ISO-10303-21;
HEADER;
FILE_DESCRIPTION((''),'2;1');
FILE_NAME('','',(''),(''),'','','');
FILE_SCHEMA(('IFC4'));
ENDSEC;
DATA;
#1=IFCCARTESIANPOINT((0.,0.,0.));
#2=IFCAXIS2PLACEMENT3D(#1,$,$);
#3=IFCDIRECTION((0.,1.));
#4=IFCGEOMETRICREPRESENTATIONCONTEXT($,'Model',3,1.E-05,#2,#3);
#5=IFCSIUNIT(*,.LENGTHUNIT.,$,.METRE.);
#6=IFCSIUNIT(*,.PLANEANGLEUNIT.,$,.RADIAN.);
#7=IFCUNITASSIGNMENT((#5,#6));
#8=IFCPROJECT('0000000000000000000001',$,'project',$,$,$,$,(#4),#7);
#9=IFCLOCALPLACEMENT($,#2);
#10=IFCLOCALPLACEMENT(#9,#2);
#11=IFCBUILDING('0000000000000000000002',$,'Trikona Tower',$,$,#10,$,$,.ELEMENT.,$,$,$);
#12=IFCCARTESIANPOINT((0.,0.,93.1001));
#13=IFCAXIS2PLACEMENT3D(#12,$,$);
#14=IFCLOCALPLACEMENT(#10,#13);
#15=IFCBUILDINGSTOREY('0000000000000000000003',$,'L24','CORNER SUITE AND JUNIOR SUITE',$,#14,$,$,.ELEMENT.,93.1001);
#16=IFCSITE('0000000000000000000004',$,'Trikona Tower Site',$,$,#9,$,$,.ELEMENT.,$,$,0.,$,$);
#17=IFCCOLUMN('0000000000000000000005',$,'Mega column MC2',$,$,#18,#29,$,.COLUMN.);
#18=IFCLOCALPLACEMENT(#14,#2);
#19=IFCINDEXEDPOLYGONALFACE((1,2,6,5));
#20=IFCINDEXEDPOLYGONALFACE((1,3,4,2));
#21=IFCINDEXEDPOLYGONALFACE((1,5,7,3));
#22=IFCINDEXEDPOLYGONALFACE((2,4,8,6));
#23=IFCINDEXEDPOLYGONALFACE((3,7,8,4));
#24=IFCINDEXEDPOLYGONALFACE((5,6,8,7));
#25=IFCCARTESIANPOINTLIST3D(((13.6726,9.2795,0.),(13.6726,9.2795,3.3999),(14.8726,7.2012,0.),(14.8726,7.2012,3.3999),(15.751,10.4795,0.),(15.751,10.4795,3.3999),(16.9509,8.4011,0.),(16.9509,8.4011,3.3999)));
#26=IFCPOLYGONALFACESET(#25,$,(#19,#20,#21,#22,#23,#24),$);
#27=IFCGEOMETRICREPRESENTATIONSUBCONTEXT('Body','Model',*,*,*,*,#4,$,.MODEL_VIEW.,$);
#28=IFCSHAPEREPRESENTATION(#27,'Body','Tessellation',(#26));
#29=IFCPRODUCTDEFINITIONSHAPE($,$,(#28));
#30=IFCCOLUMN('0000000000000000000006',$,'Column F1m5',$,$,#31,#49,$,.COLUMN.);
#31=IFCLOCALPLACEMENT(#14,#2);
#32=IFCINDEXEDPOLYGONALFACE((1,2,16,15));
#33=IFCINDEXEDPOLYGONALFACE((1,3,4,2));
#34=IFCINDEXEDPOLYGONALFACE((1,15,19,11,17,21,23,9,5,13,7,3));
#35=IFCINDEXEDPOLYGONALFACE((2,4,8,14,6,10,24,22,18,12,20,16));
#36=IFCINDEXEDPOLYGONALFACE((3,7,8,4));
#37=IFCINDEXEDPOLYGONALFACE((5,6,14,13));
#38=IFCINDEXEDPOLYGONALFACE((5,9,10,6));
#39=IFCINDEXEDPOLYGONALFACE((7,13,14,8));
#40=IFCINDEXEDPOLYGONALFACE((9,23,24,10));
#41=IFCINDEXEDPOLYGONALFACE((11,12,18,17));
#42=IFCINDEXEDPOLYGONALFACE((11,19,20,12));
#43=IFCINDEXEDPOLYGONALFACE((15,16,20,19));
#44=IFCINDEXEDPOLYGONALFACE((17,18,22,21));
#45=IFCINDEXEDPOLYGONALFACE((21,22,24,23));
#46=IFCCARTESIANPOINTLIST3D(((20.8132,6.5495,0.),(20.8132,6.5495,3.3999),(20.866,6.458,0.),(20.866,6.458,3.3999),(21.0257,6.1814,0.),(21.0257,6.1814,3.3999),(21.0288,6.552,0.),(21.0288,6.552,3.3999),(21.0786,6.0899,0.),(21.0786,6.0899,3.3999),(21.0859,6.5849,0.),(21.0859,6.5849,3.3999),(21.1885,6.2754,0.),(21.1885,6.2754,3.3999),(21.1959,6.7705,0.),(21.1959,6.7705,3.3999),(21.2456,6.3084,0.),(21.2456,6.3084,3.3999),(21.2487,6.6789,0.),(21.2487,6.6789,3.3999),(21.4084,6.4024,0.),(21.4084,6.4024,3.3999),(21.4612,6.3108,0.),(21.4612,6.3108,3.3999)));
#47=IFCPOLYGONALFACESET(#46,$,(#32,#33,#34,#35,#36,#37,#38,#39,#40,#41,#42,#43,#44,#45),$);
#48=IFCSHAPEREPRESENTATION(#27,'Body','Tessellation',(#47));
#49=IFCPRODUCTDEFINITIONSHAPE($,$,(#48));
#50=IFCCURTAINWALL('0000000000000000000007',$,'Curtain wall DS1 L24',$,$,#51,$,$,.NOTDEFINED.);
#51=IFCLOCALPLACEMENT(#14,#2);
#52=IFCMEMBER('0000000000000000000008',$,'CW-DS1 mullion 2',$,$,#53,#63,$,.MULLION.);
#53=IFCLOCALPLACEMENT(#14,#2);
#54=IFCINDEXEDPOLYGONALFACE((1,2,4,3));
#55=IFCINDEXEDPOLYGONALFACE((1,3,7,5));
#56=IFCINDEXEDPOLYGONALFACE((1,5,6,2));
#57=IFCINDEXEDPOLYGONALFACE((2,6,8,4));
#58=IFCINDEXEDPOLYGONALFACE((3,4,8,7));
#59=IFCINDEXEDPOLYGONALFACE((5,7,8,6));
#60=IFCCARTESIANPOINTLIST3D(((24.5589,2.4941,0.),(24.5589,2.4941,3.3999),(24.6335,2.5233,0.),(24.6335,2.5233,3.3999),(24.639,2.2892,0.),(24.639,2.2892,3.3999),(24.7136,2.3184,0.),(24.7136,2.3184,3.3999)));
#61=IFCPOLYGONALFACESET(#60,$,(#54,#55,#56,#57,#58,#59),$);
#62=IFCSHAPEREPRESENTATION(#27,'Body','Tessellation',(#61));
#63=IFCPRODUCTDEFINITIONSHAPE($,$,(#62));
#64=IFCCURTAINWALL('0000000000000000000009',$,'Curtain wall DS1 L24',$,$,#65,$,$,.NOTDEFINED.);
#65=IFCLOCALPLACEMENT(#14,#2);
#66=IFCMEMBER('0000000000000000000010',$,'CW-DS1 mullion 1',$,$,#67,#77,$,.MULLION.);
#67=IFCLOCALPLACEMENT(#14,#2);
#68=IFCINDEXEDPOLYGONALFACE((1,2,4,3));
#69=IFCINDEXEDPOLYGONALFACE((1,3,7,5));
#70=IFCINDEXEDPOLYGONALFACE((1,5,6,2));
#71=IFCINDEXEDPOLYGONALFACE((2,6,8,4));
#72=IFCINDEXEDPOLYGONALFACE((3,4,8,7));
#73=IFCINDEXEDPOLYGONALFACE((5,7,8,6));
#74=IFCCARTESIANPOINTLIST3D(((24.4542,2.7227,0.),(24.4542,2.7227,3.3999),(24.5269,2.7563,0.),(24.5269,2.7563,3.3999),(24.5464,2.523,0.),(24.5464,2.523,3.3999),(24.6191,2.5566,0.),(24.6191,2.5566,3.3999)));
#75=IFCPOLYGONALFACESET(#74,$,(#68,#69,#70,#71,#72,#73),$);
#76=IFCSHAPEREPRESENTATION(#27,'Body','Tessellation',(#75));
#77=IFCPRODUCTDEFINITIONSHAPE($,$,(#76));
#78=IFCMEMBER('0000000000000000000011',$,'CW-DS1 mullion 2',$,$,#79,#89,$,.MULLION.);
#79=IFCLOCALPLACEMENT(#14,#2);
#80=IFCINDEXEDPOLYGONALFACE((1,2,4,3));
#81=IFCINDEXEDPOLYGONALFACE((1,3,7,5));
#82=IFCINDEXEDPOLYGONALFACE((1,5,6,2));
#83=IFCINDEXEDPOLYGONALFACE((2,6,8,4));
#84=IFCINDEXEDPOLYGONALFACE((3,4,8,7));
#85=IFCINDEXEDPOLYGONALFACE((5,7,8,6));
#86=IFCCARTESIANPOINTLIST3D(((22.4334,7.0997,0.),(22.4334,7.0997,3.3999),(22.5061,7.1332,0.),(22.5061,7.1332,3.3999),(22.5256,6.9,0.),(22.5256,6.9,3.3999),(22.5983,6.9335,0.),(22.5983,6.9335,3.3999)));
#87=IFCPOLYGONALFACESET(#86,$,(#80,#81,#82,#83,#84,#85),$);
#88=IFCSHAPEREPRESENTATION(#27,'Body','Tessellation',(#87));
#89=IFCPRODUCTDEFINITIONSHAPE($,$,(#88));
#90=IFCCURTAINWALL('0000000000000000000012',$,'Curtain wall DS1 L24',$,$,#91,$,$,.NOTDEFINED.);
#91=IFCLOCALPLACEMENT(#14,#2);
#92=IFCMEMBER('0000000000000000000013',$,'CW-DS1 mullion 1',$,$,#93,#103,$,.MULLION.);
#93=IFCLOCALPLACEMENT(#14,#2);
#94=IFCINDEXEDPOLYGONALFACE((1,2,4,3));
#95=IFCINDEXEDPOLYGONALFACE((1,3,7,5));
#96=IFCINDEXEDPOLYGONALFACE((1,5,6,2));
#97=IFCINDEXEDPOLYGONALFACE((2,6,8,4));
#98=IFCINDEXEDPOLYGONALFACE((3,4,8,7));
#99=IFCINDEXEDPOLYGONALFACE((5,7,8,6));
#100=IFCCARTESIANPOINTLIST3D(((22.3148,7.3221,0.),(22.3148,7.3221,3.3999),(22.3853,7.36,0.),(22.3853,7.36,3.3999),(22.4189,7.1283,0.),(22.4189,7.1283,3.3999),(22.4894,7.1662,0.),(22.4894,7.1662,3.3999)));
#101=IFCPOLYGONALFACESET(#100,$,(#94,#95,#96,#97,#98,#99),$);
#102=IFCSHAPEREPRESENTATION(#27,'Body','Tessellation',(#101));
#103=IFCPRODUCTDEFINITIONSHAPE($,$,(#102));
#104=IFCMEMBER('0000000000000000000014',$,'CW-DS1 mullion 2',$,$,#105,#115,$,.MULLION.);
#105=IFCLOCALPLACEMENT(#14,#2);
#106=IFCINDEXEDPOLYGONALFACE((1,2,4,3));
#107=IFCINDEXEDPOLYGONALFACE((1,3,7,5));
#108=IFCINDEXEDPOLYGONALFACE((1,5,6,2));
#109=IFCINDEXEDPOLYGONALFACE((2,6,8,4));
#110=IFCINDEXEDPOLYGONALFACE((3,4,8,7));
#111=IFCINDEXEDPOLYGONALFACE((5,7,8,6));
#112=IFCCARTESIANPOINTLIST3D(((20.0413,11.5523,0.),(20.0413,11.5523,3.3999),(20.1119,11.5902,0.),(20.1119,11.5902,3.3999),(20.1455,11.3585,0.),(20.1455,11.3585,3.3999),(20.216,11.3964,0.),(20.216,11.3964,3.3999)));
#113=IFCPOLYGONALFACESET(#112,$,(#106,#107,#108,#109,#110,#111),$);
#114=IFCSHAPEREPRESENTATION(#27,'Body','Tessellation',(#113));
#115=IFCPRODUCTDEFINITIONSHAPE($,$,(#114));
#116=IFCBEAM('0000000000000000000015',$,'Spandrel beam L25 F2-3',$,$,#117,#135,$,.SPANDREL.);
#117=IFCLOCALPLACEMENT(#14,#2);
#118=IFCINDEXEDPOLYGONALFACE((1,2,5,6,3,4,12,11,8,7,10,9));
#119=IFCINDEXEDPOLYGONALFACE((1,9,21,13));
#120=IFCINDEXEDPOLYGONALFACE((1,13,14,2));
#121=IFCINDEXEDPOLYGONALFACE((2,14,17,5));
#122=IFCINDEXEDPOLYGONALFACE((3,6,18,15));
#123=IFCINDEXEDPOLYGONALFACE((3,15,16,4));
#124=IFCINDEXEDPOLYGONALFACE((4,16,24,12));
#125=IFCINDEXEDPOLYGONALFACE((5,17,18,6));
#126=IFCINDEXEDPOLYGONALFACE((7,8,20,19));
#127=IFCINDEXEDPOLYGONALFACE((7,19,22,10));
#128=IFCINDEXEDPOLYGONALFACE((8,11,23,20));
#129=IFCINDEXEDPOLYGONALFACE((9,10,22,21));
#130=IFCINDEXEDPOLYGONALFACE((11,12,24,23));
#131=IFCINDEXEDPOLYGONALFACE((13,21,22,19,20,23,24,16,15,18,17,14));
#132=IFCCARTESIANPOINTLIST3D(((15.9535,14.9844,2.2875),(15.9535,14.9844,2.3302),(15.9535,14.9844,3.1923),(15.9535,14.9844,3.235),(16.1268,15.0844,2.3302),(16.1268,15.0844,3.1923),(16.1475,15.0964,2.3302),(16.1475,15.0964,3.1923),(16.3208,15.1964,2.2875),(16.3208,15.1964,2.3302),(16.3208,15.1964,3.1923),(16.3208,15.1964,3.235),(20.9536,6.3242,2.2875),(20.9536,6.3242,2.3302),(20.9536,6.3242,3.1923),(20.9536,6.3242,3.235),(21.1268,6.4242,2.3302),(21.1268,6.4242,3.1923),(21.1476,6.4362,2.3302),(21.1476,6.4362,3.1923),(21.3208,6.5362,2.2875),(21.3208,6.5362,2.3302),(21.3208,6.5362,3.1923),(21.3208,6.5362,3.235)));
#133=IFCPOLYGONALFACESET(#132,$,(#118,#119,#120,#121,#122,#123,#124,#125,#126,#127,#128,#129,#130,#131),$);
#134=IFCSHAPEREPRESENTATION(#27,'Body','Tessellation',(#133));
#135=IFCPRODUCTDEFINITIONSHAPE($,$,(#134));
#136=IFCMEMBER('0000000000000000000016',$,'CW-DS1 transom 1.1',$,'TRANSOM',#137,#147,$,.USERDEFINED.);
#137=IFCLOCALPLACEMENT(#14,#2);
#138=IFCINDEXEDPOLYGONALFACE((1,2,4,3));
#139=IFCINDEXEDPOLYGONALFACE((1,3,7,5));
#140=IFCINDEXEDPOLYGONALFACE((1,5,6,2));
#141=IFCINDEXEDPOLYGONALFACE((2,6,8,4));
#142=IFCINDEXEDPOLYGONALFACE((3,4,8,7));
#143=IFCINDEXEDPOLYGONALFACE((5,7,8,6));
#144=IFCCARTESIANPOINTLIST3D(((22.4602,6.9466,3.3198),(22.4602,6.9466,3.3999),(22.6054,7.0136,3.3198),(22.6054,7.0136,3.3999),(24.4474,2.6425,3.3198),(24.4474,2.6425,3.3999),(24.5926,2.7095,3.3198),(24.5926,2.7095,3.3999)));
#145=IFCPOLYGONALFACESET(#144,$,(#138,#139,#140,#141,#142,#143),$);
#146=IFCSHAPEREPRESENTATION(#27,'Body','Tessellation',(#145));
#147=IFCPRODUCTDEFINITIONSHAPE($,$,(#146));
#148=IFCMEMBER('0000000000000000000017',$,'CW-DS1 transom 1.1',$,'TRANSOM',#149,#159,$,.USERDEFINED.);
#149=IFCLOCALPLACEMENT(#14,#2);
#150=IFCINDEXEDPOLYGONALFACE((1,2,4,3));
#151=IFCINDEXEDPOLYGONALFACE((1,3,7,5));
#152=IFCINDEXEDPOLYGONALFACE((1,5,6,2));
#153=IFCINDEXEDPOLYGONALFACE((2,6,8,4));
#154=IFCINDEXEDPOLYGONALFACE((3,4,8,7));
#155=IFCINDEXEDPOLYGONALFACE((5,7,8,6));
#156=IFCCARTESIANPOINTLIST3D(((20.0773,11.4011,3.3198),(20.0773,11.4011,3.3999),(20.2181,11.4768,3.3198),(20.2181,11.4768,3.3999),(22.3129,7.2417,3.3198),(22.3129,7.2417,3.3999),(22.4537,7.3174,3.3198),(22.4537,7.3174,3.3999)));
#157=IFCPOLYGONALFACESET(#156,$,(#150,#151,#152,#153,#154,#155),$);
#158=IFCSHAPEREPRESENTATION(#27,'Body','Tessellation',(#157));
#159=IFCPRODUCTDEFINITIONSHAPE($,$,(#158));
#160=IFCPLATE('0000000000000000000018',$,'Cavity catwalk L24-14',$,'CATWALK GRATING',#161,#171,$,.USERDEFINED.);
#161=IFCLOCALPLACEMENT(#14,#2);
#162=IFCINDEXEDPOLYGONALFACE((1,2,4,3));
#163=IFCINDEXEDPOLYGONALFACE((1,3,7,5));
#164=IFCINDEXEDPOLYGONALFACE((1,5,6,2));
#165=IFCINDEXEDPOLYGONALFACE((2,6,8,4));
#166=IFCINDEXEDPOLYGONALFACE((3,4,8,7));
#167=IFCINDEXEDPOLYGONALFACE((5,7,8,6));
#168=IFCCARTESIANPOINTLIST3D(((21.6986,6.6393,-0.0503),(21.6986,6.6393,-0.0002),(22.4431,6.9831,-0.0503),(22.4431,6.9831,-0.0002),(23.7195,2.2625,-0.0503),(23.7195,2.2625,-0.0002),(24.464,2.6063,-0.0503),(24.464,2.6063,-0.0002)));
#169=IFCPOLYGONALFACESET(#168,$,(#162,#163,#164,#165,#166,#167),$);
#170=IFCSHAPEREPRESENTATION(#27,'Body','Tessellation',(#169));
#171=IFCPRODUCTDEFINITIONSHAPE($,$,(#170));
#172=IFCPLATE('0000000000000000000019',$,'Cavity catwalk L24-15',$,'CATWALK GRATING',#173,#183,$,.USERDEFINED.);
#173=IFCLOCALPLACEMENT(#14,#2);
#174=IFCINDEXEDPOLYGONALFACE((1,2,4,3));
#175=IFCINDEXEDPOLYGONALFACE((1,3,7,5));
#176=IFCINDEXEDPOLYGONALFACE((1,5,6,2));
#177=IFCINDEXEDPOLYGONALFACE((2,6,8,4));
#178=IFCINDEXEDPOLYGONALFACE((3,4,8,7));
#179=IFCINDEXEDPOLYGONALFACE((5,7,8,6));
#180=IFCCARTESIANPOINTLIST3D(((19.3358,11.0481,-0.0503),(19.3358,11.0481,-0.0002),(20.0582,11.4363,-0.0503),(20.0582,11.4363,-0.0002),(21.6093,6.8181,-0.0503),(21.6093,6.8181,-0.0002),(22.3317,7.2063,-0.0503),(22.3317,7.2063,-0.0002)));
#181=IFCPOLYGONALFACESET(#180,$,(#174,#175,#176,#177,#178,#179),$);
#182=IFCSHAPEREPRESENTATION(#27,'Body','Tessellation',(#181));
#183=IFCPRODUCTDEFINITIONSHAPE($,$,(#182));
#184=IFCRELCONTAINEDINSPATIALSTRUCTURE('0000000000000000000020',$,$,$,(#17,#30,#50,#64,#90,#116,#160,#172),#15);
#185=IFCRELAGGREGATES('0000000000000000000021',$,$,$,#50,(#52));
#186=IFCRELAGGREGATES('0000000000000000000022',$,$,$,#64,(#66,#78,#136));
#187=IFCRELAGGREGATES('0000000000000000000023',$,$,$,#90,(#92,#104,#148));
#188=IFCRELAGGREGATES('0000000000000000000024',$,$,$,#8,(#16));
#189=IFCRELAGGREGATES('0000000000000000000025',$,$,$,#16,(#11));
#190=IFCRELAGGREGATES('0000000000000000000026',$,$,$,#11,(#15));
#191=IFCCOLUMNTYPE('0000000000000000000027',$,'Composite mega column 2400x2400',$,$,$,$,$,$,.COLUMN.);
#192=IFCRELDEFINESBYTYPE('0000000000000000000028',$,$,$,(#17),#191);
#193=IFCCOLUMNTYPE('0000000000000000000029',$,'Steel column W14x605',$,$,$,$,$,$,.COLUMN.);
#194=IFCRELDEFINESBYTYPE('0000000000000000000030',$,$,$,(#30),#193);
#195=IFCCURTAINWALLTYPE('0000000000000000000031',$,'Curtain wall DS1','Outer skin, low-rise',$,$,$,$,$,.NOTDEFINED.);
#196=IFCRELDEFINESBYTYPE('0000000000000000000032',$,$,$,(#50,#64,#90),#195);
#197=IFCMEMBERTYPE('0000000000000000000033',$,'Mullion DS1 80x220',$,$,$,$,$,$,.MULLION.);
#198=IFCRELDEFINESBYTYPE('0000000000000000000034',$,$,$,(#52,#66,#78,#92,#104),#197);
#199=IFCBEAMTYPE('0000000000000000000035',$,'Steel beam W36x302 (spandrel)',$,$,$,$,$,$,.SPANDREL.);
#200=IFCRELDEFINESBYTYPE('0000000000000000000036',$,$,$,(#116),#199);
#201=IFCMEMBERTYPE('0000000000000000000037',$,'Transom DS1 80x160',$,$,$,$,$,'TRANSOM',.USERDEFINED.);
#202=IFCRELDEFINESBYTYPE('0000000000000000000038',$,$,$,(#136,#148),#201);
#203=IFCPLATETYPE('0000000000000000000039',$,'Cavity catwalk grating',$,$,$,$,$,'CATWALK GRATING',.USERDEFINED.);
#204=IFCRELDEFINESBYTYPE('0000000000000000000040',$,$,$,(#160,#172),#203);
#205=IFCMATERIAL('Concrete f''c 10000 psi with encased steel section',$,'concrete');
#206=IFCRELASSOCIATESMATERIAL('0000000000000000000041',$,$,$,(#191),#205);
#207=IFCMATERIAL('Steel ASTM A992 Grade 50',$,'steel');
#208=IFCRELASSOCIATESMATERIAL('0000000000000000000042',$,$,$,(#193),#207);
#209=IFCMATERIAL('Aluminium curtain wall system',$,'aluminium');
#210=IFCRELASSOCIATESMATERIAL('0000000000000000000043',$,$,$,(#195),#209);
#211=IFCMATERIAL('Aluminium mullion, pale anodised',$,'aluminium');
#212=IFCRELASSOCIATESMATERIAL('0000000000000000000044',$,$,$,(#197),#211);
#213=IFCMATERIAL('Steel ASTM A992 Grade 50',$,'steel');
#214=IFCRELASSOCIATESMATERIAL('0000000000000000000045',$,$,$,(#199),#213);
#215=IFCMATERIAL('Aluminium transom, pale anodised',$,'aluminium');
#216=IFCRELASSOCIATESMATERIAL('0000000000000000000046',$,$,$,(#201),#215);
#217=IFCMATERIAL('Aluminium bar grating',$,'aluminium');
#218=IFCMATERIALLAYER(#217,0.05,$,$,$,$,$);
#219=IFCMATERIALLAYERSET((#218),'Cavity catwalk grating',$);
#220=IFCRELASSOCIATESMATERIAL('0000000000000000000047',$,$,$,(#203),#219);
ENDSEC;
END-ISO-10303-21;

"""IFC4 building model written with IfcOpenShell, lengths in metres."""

from ifc_helpers import new_model, si_unit, direction, frame, origin, origin_2d, place, context, subcontext, project, spatial, rectangle, i_section, extrude, material, layer, layer_set, material_profile, profile_set, type_object, element, aggregate, save


model = new_model("IFC4")

# Units and contexts
model_context = context("Model", 3, precision=1e-05, world=origin(), true_north=direction((0.0, 1.0)))
body_context = subcontext(model_context, "Body", "Model", "MODEL_VIEW")
ifc_project = project(units=[si_unit("LENGTHUNIT", "METRE"), si_unit("PLANEANGLEUNIT", "RADIAN")], contexts=[model_context])

# Site, building, storey
site_placement = place(None, origin())
site = spatial("IfcSite", under=ifc_project, at=site_placement, Name="Trikona Tower Site", CompositionType="ELEMENT", RefElevation=0.0)
building_placement = place(site_placement, origin())
building = spatial("IfcBuilding", under=site, at=building_placement, Name="Trikona Tower", CompositionType="ELEMENT")
storey_placement = place(building_placement, frame((0.0, 0.0, 93.1001)))
storey = spatial("IfcBuildingStorey", under=building, at=storey_placement, Name="L24", Description="CORNER SUITE AND JUNIOR SUITE", CompositionType="ELEMENT", Elevation=93.1001)

# Columns
ifc_material_1 = material(Name="Concrete f'c 10000 psi with encased steel section", Category="concrete")
ifc_material_profile_1 = material_profile(ifc_material_1, rectangle(XDim=2.3999, YDim=2.3999, at=origin_2d()), Name="MC2400")
ifc_profile_set_1 = profile_set([ifc_material_profile_1], Name="Concrete f'c 10000 psi with encased steel section")
column_type_1 = type_object("IfcColumnType", Name="Composite mega column 2400x2400", PredefinedType="COLUMN", material=ifc_profile_set_1)
column_1_placement = place(storey_placement, frame((15.3118, 8.8403, 0.0), z_axis=(0.0, 0.0, 1.0), x_axis=(0.866025, 0.5, 0.0)))
element("IfcColumn", 1, at=column_1_placement, inside=storey, type_object=column_type_1, Name="Mega column MC2", PredefinedType="COLUMN", context=body_context, shape_type="SweptSolid", body=[
    extrude(rectangle(XDim=2.3999, YDim=2.3999, at=origin_2d()), origin(), (0.0, 0.0, 1.0), 3.3999),
])
ifc_material_2 = material(Name="Steel ASTM A992 Grade 50", Category="steel")
ifc_material_profile_2 = material_profile(ifc_material_2, i_section(OverallWidth=0.4419, OverallDepth=0.5308, WebThickness=0.0659, FlangeThickness=0.1057, at=origin_2d()), Name="W14X605")
ifc_profile_set_2 = profile_set([ifc_material_profile_2], Name="Steel ASTM A992 Grade 50")
column_type_2 = type_object("IfcColumnType", Name="Steel column W14x605", PredefinedType="COLUMN", material=ifc_profile_set_2)
column_2_placement = place(storey_placement, frame((21.1372, 6.4302, 0.0), z_axis=(0.0, 0.0, 1.0), x_axis=(0.866025, 0.5, 0.0)))
element("IfcColumn", 2, at=column_2_placement, inside=storey, type_object=column_type_2, Name="Column F1m5", PredefinedType="COLUMN", context=body_context, shape_type="SweptSolid", body=[
    extrude(i_section(OverallWidth=0.4419, OverallDepth=0.5308, WebThickness=0.0659, FlangeThickness=0.1057, at=origin_2d()), origin(), (0.0, 0.0, 1.0), 3.3999),
])

# Curtain wall, member
ifc_material_3 = material(Name="Aluminium curtain wall system", Category="aluminium")
curtain_wall_type = type_object("IfcCurtainWallType", Name="Curtain wall DS1", Description="Outer skin, low-rise", PredefinedType="NOTDEFINED", material=ifc_material_3)
curtain_wall_1_placement = place(storey_placement, origin())
curtain_wall_1 = element("IfcCurtainWall", 3, at=curtain_wall_1_placement, inside=storey, type_object=curtain_wall_type, Name="Curtain wall DS1 L24", PredefinedType="NOTDEFINED")
ifc_material_4 = material(Name="Aluminium mullion, pale anodised", Category="aluminium")
ifc_material_profile_3 = material_profile(ifc_material_4, rectangle(XDim=0.0801, YDim=0.22, at=origin_2d()), Name="MUL-DS1")
ifc_profile_set_3 = profile_set([ifc_material_profile_3], Name="Aluminium mullion, pale anodised")
member_type_1 = type_object("IfcMemberType", Name="Mullion DS1 80x220", PredefinedType="MULLION", material=ifc_profile_set_3)
member_1_placement = place(storey_placement, frame((24.6362, 2.4062, 0.0), z_axis=(0.0, 0.0, 1.0), x_axis=(-0.931396, -0.364008, 0.0)))
member_1 = element("IfcMember", 4, at=member_1_placement, type_object=member_type_1, Name="CW-DS1 mullion 2", PredefinedType="MULLION", context=body_context, shape_type="SweptSolid", body=[
    extrude(rectangle(XDim=0.0801, YDim=0.22, at=origin_2d()), origin(), (0.0, 0.0, 1.0), 3.3999),
])

# Curtain walls, members
curtain_wall_2_placement = place(storey_placement, origin())
curtain_wall_2 = element("IfcCurtainWall", 5, at=curtain_wall_2_placement, inside=storey, type_object=curtain_wall_type, Name="Curtain wall DS1 L24", PredefinedType="NOTDEFINED")
member_2_placement = place(storey_placement, frame((24.5366, 2.6396, 0.0), z_axis=(0.0, 0.0, 1.0), x_axis=(-0.907898, -0.41919, 0.0)))
member_2 = element("IfcMember", 6, at=member_2_placement, type_object=member_type_1, Name="CW-DS1 mullion 1", PredefinedType="MULLION", context=body_context, shape_type="SweptSolid", body=[
    extrude(rectangle(XDim=0.0801, YDim=0.22, at=origin_2d()), origin(), (0.0, 0.0, 1.0), 3.3999),
])
member_3_placement = place(storey_placement, frame((22.5159, 7.0166, 0.0), z_axis=(0.0, 0.0, 1.0), x_axis=(-0.907898, -0.41919, 0.0)))
member_3 = element("IfcMember", 7, at=member_3_placement, type_object=member_type_1, Name="CW-DS1 mullion 2", PredefinedType="MULLION", context=body_context, shape_type="SweptSolid", body=[
    extrude(rectangle(XDim=0.0801, YDim=0.22, at=origin_2d()), origin(), (0.0, 0.0, 1.0), 3.3999),
])
curtain_wall_3_placement = place(storey_placement, origin())
curtain_wall_3 = element("IfcCurtainWall", 8, at=curtain_wall_3_placement, inside=storey, type_object=curtain_wall_type, Name="Curtain wall DS1 L24", PredefinedType="NOTDEFINED")
member_4_placement = place(storey_placement, frame((22.4021, 7.2441, 0.0), z_axis=(0.0, 0.0, 1.0), x_axis=(-0.880843, -0.473408, 0.0)))
member_4 = element("IfcMember", 9, at=member_4_placement, type_object=member_type_1, Name="CW-DS1 mullion 1", PredefinedType="MULLION", context=body_context, shape_type="SweptSolid", body=[
    extrude(rectangle(XDim=0.0801, YDim=0.22, at=origin_2d()), origin(), (0.0, 0.0, 1.0), 3.3999),
])
member_5_placement = place(storey_placement, frame((20.1287, 11.4744, 0.0), z_axis=(0.0, 0.0, 1.0), x_axis=(-0.880843, -0.473408, 0.0)))
member_5 = element("IfcMember", 10, at=member_5_placement, type_object=member_type_1, Name="CW-DS1 mullion 2", PredefinedType="MULLION", context=body_context, shape_type="SweptSolid", body=[
    extrude(rectangle(XDim=0.0801, YDim=0.22, at=origin_2d()), origin(), (0.0, 0.0, 1.0), 3.3999),
])

# Beam
ifc_material_5 = material(Name="Steel ASTM A992 Grade 50", Category="steel")
ifc_material_profile_4 = material_profile(ifc_material_5, i_section(OverallWidth=0.4241, OverallDepth=0.9475, WebThickness=0.0239, FlangeThickness=0.0427, at=origin_2d()), Name="W36X302")
ifc_profile_set_4 = profile_set([ifc_material_profile_4], Name="Steel ASTM A992 Grade 50")
beam_type = type_object("IfcBeamType", Name="Steel beam W36x302 (spandrel)", PredefinedType="SPANDREL", material=ifc_profile_set_4)
beam_placement = place(storey_placement, frame((21.1372, 6.4302, 2.7612), z_axis=(-0.500004, 0.866023, 0.0), x_axis=(-0.866023, -0.500004, 0.0)))
element("IfcBeam", 11, at=beam_placement, inside=storey, type_object=beam_type, Name="Spandrel beam L25 F2-3", PredefinedType="SPANDREL", context=body_context, shape_type="SweptSolid", body=[
    extrude(i_section(OverallWidth=0.4241, OverallDepth=0.9475, WebThickness=0.0239, FlangeThickness=0.0427, at=origin_2d()), origin(), (0.0, 0.0, 1.0), 10.0),
])

# Members
ifc_material_6 = material(Name="Aluminium transom, pale anodised", Category="aluminium")
ifc_material_profile_5 = material_profile(ifc_material_6, rectangle(XDim=0.1599, YDim=0.0801, at=origin_2d()), Name="TRN-DS1")
ifc_profile_set_5 = profile_set([ifc_material_profile_5], Name="Aluminium transom, pale anodised")
member_type_2 = type_object("IfcMemberType", Name="Transom DS1 80x160", ElementType="TRANSOM", PredefinedType="USERDEFINED", material=ifc_profile_set_5)
member_6_placement = place(storey_placement, frame((24.52, 2.676, 3.3599), z_axis=(-0.419189, 0.907899, 0.0), x_axis=(-0.907899, -0.419189, 0.0)))
member_6 = element("IfcMember", 12, at=member_6_placement, type_object=member_type_2, Name="CW-DS1 transom 1.1", ObjectType="TRANSOM", PredefinedType="USERDEFINED", context=body_context, shape_type="SweptSolid", body=[
    extrude(rectangle(XDim=0.1599, YDim=0.0801, at=origin_2d()), origin(), (0.0, 0.0, 1.0), 4.7407),
])
member_7_placement = place(storey_placement, frame((22.3833, 7.2795, 3.3599), z_axis=(-0.473428, 0.880833, 0.0), x_axis=(-0.880833, -0.473428, 0.0)))
member_7 = element("IfcMember", 13, at=member_7_placement, type_object=member_type_2, Name="CW-DS1 transom 1.1", ObjectType="TRANSOM", PredefinedType="USERDEFINED", context=body_context, shape_type="SweptSolid", body=[
    extrude(rectangle(XDim=0.1599, YDim=0.0801, at=origin_2d()), origin(), (0.0, 0.0, 1.0), 4.7222),
])

# Plates
ifc_material_7 = material(Name="Aluminium bar grating", Category="aluminium")
ifc_layer_1 = layer(ifc_material_7, 0.05)
ifc_layer_set_1 = layer_set([ifc_layer_1], Name="Cavity catwalk grating")
plate_type_1 = type_object("IfcPlateType", Name="Cavity catwalk grating", ElementType="CATWALK GRATING", PredefinedType="USERDEFINED", material=ifc_layer_set_1)
plate_1_placement = place(storey_placement, frame((23.0813, 4.6228, -0.0503), z_axis=(0.0, 0.0, 1.0), x_axis=(-0.419194, 0.907897, 0.0)))
element("IfcPlate", 14, at=plate_1_placement, inside=storey, type_object=plate_type_1, Name="Cavity catwalk L24-14", ObjectType="CATWALK GRATING", PredefinedType="USERDEFINED", context=body_context, shape_type="SweptSolid", body=[
    extrude(rectangle(XDim=4.8208, YDim=0.8201, at=origin_2d()), origin(), (0.0, 0.0, 1.0), 0.05),
])
plate_2_placement = place(storey_placement, frame((20.8337, 9.1272, -0.0503), z_axis=(0.0, 0.0, 1.0), x_axis=(-0.473423, 0.880835, 0.0)))
element("IfcPlate", 15, at=plate_2_placement, inside=storey, type_object=plate_type_1, Name="Cavity catwalk L24-15", ObjectType="CATWALK GRATING", PredefinedType="USERDEFINED", context=body_context, shape_type="SweptSolid", body=[
    extrude(rectangle(XDim=4.8022, YDim=0.8201, at=origin_2d()), origin(), (0.0, 0.0, 1.0), 0.05),
])

aggregate(curtain_wall_1, [member_1])
aggregate(curtain_wall_2, [member_2, member_3, member_6])
aggregate(curtain_wall_3, [member_4, member_5, member_7])

save(model, "model.ifc")
